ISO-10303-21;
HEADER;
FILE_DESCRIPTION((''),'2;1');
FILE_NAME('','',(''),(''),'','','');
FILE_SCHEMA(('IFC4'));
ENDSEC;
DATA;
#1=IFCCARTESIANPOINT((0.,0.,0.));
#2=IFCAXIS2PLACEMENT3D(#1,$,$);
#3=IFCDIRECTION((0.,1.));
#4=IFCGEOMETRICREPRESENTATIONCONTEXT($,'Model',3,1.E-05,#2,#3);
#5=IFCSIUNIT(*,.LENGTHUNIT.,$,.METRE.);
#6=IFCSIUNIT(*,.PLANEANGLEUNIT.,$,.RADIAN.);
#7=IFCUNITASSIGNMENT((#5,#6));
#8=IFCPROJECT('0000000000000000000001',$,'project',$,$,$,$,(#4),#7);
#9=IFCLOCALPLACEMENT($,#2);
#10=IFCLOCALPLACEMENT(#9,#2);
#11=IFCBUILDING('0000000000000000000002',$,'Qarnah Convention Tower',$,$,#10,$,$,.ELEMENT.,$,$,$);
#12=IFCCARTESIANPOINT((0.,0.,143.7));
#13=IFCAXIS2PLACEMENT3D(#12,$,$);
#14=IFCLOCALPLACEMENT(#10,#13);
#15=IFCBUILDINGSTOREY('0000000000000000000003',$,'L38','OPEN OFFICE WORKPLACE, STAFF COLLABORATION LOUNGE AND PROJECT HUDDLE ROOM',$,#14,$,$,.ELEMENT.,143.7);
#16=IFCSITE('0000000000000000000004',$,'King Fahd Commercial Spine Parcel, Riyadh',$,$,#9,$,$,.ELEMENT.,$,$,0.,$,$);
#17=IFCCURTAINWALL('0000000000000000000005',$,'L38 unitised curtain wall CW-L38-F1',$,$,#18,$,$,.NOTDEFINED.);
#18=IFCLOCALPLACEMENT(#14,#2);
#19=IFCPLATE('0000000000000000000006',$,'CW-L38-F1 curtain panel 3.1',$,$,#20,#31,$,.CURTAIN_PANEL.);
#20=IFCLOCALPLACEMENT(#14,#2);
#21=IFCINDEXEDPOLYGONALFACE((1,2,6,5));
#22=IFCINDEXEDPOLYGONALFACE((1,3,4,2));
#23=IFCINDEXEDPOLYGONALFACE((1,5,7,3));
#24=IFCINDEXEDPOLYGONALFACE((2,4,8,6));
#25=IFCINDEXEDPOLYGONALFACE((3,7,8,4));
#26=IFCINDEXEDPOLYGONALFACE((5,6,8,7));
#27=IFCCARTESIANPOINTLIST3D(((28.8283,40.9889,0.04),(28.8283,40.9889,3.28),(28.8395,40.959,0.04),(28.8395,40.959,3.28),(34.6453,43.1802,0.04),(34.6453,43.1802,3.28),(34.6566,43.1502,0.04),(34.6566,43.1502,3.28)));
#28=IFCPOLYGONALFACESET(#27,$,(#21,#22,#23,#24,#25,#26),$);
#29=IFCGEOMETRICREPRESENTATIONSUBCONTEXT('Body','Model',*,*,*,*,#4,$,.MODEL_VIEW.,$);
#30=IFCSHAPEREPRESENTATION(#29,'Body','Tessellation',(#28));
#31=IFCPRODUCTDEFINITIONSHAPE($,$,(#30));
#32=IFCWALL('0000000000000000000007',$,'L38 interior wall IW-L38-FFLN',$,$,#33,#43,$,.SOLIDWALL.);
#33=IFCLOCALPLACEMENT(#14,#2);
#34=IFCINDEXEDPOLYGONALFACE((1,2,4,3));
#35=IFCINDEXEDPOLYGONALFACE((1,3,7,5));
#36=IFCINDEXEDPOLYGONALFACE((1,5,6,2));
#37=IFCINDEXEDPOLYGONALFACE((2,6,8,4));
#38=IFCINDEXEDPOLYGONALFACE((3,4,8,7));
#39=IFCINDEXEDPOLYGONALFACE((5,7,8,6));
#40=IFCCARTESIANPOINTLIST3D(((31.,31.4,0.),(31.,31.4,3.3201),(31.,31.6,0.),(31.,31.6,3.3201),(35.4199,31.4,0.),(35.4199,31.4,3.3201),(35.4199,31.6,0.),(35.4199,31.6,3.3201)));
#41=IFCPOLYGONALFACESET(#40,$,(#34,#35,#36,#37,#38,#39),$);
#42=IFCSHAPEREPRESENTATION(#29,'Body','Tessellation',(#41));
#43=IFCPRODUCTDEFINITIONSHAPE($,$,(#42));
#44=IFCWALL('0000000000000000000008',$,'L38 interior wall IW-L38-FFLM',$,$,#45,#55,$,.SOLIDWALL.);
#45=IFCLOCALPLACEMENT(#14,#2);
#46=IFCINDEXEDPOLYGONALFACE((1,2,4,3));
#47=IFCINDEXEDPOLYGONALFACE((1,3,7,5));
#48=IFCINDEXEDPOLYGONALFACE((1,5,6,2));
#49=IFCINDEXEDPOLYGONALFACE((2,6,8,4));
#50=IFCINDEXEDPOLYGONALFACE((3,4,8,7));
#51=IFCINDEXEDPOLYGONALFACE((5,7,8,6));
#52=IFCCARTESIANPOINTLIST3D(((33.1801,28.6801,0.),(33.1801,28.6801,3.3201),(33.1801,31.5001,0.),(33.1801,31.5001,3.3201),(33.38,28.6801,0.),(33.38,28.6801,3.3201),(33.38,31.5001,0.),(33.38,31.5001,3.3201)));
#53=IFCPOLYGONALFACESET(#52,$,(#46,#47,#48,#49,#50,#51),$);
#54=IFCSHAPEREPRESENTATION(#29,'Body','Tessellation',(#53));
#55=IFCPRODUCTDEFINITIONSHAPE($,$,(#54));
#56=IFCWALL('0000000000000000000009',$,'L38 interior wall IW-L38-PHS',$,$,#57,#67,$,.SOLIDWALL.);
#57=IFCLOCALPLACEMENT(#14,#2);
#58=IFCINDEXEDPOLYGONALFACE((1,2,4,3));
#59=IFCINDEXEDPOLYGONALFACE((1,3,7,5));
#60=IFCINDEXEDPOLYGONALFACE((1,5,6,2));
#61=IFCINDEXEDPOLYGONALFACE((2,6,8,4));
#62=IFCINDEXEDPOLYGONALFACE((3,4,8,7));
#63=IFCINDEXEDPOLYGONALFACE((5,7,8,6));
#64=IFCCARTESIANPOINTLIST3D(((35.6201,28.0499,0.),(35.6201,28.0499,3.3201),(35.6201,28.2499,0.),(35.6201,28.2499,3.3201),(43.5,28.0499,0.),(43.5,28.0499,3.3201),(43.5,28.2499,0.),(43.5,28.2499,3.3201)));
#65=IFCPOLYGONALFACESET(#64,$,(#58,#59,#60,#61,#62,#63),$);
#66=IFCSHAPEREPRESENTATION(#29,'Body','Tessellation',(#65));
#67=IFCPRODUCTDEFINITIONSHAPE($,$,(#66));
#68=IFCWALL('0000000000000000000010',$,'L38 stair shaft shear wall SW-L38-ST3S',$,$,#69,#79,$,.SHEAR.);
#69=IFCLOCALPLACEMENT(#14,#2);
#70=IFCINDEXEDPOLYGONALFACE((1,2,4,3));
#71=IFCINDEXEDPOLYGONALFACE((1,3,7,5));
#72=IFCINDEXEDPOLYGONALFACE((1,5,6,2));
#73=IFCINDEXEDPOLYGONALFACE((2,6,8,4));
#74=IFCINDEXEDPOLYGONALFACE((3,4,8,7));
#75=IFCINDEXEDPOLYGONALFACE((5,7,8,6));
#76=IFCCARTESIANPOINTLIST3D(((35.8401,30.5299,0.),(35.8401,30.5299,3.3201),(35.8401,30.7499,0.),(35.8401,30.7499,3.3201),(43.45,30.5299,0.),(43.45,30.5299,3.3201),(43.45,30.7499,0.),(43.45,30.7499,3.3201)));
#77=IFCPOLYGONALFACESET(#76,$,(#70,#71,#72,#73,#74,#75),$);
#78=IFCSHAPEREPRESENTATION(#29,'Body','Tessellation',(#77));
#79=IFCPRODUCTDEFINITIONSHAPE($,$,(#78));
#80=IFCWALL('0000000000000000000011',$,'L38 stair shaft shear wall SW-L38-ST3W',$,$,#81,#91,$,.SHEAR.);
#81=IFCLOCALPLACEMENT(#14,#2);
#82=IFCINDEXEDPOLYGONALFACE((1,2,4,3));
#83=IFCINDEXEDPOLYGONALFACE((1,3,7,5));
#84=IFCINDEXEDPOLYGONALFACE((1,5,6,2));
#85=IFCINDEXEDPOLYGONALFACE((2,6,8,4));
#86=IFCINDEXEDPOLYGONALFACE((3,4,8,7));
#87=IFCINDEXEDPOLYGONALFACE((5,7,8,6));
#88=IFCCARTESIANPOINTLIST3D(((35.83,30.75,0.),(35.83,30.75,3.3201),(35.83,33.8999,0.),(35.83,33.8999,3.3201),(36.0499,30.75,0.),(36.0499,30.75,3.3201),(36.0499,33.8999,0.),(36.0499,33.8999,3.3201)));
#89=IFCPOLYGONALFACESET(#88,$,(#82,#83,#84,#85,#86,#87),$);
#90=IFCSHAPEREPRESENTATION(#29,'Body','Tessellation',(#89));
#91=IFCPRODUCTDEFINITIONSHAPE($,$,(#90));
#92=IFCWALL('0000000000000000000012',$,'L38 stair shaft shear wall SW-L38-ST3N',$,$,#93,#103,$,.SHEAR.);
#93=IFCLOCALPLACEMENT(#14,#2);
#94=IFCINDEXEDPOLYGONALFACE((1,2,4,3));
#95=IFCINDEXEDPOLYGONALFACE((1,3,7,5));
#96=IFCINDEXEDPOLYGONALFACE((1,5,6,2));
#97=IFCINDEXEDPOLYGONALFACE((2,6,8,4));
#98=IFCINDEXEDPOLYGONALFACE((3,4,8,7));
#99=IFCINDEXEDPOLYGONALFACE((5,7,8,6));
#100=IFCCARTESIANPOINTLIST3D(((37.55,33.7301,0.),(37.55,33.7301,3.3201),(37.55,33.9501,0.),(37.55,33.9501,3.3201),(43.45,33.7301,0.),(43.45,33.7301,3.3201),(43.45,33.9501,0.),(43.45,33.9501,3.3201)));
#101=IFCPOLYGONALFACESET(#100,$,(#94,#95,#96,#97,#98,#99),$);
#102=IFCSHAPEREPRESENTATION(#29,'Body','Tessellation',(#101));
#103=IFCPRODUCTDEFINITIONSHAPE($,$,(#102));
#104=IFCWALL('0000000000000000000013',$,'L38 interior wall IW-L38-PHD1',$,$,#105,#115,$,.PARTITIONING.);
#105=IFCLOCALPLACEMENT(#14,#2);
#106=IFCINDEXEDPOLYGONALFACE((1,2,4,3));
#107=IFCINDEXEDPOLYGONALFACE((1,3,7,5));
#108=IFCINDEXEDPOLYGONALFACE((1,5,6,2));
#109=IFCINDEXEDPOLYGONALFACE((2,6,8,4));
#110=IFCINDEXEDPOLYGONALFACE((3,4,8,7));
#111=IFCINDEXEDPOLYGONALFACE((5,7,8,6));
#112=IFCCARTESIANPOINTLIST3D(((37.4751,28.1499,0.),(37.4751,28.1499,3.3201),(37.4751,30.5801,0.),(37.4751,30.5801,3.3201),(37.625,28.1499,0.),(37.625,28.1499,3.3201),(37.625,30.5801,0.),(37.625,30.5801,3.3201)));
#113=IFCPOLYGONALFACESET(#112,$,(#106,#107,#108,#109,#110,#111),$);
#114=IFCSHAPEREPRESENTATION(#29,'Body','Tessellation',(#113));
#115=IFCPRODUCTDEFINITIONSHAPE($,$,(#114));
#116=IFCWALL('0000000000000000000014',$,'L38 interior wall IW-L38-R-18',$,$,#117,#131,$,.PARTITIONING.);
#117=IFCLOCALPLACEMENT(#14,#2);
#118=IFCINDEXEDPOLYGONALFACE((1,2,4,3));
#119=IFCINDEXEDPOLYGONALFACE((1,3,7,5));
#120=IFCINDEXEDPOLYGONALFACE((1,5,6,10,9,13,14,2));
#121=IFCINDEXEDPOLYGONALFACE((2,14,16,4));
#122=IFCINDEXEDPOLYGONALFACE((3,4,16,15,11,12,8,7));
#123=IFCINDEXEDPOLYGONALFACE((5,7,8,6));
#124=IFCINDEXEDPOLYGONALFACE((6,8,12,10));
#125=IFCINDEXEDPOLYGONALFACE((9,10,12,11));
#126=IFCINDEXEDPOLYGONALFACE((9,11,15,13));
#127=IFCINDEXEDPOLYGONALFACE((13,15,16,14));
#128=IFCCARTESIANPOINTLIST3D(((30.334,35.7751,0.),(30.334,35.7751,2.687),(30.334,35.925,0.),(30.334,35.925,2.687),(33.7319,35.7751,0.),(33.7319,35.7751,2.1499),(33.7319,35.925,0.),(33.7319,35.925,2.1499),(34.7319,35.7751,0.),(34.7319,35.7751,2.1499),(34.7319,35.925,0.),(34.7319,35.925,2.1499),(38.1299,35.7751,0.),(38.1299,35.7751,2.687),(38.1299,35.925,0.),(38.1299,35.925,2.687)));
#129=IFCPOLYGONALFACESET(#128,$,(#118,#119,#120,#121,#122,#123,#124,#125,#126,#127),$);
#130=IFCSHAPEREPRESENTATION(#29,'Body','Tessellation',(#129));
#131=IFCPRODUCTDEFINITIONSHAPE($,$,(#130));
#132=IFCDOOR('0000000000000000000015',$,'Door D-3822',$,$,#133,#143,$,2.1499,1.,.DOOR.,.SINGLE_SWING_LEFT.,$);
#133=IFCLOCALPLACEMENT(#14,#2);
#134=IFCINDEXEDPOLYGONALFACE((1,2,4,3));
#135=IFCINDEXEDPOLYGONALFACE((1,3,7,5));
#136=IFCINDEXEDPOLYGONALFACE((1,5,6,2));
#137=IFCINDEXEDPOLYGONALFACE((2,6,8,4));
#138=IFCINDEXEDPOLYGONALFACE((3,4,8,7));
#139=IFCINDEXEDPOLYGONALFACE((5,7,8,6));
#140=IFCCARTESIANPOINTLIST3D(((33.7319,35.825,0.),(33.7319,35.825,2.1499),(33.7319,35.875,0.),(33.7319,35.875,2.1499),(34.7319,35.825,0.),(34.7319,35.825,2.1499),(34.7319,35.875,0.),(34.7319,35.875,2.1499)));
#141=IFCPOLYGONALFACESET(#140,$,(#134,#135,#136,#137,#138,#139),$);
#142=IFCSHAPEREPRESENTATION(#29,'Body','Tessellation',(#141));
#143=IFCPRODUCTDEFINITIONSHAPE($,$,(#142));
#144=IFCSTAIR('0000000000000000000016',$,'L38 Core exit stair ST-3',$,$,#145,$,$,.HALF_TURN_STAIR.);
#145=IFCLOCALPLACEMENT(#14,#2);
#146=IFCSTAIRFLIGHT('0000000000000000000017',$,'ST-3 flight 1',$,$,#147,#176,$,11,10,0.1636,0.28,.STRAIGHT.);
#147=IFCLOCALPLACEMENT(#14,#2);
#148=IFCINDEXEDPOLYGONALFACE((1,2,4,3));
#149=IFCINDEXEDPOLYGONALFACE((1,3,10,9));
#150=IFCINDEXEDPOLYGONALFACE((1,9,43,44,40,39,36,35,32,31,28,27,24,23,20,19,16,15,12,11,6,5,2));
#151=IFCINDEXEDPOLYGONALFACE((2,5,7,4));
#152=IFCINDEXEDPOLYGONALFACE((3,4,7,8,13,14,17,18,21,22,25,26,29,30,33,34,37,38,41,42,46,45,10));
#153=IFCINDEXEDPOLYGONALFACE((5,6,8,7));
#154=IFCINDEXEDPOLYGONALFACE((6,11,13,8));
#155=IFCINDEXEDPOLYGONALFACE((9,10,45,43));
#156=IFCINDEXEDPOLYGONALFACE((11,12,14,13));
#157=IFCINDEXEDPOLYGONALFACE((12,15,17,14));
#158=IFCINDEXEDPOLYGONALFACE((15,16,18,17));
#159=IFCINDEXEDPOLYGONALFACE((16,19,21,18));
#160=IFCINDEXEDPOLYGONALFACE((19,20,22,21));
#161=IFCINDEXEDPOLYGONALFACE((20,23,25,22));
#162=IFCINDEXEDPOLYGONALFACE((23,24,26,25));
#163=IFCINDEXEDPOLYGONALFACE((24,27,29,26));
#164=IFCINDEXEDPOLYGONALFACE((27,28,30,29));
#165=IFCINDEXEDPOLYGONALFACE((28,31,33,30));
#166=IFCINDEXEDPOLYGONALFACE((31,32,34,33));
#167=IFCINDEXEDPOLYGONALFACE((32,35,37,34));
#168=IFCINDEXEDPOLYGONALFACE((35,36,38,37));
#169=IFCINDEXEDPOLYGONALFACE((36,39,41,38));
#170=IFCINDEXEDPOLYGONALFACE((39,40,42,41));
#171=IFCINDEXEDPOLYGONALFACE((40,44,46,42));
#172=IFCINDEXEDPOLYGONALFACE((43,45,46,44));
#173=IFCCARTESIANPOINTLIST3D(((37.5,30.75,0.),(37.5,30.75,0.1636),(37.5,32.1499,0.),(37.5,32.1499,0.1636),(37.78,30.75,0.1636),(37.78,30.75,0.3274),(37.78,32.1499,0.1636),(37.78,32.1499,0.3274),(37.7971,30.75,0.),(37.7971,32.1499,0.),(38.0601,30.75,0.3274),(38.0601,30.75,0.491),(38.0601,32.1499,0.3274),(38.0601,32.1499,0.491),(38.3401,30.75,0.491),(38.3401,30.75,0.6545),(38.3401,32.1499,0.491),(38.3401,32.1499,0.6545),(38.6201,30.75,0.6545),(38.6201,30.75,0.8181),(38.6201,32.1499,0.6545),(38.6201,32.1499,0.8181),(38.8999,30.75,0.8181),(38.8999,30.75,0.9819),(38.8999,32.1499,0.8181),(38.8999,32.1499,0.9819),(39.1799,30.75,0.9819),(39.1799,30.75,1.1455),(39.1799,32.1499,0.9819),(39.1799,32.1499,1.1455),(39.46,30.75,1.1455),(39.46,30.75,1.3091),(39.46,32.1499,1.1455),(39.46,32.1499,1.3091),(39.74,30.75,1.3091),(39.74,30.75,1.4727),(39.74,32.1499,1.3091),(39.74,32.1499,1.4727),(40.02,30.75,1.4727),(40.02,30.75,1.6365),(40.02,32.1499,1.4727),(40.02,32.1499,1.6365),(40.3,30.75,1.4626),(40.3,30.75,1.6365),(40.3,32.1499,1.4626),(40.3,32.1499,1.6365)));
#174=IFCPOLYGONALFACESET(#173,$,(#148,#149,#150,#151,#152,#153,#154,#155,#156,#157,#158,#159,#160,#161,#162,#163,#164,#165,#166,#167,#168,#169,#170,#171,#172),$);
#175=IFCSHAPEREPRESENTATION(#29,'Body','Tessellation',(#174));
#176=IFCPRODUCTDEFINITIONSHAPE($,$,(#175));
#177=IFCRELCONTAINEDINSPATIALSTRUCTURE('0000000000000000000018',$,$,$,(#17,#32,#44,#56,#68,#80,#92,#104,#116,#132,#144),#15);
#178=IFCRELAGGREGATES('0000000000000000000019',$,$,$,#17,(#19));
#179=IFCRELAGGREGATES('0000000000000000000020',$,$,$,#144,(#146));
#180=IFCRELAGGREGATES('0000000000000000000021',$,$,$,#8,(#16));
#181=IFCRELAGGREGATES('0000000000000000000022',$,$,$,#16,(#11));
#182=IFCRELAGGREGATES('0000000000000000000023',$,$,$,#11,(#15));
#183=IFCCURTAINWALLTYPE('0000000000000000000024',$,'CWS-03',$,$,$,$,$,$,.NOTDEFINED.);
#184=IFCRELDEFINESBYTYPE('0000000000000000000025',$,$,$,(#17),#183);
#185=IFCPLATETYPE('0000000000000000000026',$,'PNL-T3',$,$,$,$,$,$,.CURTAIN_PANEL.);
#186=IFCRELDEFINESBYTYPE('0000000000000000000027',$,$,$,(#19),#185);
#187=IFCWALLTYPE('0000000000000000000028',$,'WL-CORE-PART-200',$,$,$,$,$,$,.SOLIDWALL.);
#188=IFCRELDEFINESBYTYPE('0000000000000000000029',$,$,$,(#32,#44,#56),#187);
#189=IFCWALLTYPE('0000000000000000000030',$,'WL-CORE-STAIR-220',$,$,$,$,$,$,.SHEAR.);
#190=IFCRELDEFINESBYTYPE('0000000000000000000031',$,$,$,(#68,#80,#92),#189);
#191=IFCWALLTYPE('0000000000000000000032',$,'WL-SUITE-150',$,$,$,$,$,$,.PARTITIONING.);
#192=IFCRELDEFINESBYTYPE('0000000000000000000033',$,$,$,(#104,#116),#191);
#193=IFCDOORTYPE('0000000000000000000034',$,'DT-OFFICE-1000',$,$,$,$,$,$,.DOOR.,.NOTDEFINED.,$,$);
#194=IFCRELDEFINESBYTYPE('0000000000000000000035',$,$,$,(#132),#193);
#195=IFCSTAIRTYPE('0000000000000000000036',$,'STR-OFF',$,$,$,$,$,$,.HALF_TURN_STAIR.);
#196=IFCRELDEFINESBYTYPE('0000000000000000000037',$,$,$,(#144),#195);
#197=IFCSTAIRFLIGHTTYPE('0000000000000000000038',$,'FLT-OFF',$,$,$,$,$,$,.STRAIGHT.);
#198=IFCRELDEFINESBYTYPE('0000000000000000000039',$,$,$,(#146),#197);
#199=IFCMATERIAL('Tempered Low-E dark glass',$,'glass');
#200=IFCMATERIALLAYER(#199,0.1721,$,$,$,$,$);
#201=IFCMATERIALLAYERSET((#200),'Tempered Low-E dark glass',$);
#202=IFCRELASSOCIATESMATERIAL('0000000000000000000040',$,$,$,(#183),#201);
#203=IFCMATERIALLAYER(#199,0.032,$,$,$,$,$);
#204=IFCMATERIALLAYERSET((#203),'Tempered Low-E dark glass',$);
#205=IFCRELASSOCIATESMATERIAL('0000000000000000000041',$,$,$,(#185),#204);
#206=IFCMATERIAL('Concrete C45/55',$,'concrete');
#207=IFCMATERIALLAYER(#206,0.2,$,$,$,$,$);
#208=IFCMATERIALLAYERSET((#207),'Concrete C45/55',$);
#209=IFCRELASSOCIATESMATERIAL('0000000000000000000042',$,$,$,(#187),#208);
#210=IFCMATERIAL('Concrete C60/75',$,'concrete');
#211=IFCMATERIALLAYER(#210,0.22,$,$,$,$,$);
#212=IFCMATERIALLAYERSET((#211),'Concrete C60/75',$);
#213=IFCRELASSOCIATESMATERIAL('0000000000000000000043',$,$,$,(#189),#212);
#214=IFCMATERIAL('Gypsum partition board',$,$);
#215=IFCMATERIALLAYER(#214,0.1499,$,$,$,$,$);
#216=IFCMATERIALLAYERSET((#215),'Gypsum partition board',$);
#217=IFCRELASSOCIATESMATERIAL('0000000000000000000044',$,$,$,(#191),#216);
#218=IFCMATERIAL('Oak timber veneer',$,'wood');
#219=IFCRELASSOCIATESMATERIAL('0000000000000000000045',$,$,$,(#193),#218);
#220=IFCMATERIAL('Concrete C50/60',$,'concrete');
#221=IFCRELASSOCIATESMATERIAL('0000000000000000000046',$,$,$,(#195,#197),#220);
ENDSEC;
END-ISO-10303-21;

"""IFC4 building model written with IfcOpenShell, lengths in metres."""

from ifc_helpers import new_model, si_unit, direction, frame, frame_2d, origin, origin_2d, place, context, subcontext, project, spatial, polyline, rectangle, outline, extrude, material, layer, layer_set, type_object, element, fill, aggregate, save


model = new_model("IFC4")

# Units and contexts
model_context = context("Model", 3, precision=1e-05, world=origin(), true_north=direction((0.0, 1.0)))
body_context = subcontext(model_context, "Body", "Model", "MODEL_VIEW")
ifc_project = project(units=[si_unit("LENGTHUNIT", "METRE"), si_unit("PLANEANGLEUNIT", "RADIAN")], contexts=[model_context])

# Site, building, storey
site_placement = place(None, origin())
site = spatial("IfcSite", under=ifc_project, at=site_placement, Name="King Fahd Commercial Spine Parcel, Riyadh", CompositionType="ELEMENT", RefElevation=0.0)
building_placement = place(site_placement, origin())
building = spatial("IfcBuilding", under=site, at=building_placement, Name="Qarnah Convention Tower", CompositionType="ELEMENT")
storey_placement = place(building_placement, frame((0.0, 0.0, 143.7)))
storey = spatial("IfcBuildingStorey", under=building, at=storey_placement, Name="L38", Description="OPEN OFFICE WORKPLACE, STAFF COLLABORATION LOUNGE AND PROJECT HUDDLE ROOM", CompositionType="ELEMENT", Elevation=143.7)

# Shared definitions
ifc_material_1 = material(Name="Concrete C60/75", Category="concrete")

# Curtain wall, plate
ifc_material_2 = material(Name="Tempered Low-E dark glass", Category="glass")
ifc_layer_1 = layer(ifc_material_2, 0.1721)
ifc_layer_set_1 = layer_set([ifc_layer_1], Name="Tempered Low-E dark glass")
curtain_wall_type = type_object("IfcCurtainWallType", Name="CWS-03", PredefinedType="NOTDEFINED", material=ifc_layer_set_1)
curtain_wall_placement = place(storey_placement, origin())
curtain_wall = element("IfcCurtainWall", 1, at=curtain_wall_placement, inside=storey, type_object=curtain_wall_type, Name="L38 unitised curtain wall CW-L38-F1", PredefinedType="NOTDEFINED")
ifc_layer_2 = layer(ifc_material_2, 0.032)
ifc_layer_set_2 = layer_set([ifc_layer_2], Name="Tempered Low-E dark glass")
plate_type = type_object("IfcPlateType", Name="PNL-T3", PredefinedType="CURTAIN_PANEL", material=ifc_layer_set_2)
plate_placement = place(storey_placement, frame((31.7424, 42.0696, 0.04), z_axis=(0.0, 0.0, 1.0), x_axis=(0.935807, 0.352512, 0.0)))
plate = element("IfcPlate", 2, at=plate_placement, type_object=plate_type, Name="CW-L38-F1 curtain panel 3.1", PredefinedType="CURTAIN_PANEL", context=body_context, shape_type="SweptSolid", body=[
    extrude(rectangle(XDim=6.2161, YDim=0.032, at=origin_2d()), origin(), (0.0, 0.0, 1.0), 3.24),
])
aggregate(curtain_wall, [plate])

# Shared definitions
ifc_material_3 = material(Name="Concrete C45/55", Category="concrete")
ifc_layer_3 = layer(ifc_material_3, 0.2)
ifc_layer_set_3 = layer_set([ifc_layer_3], Name="Concrete C45/55")
wall_type_1 = type_object("IfcWallType", Name="WL-CORE-PART-200", PredefinedType="SOLIDWALL", material=ifc_layer_set_3)

# Walls
wall_1_placement = place(storey_placement, frame((31.0, 31.5, 0.0), z_axis=(0.0, 0.0, 1.0), x_axis=(1.0, 0.0, 0.0)))
element("IfcWall", 3, at=wall_1_placement, inside=storey, type_object=wall_type_1, Name="L38 interior wall IW-L38-FFLN", PredefinedType="SOLIDWALL", context=body_context, shape_type="SweptSolid", body=[
    extrude(rectangle(XDim=4.4199, YDim=0.2, at=frame_2d((2.21, 0.0))), origin(), (0.0, 0.0, 1.0), 3.3201),
])
wall_2_placement = place(storey_placement, frame((33.28, 28.6799, 0.0), z_axis=(0.0, 0.0, 1.0), x_axis=(0.0, 1.0, 0.0)))
element("IfcWall", 4, at=wall_2_placement, inside=storey, type_object=wall_type_1, Name="L38 interior wall IW-L38-FFLM", PredefinedType="SOLIDWALL", context=body_context, shape_type="SweptSolid", body=[
    extrude(rectangle(XDim=2.8201, YDim=0.2, at=frame_2d((1.4102, 0.0))), origin(), (0.0, 0.0, 1.0), 3.3201),
])
wall_3_placement = place(storey_placement, frame((35.6201, 28.1499, 0.0), z_axis=(0.0, 0.0, 1.0), x_axis=(1.0, 0.0, 0.0)))
element("IfcWall", 5, at=wall_3_placement, inside=storey, type_object=wall_type_1, Name="L38 interior wall IW-L38-PHS", PredefinedType="SOLIDWALL", context=body_context, shape_type="SweptSolid", body=[
    extrude(rectangle(XDim=7.8799, YDim=0.2, at=frame_2d((3.9399, 0.0))), origin(), (0.0, 0.0, 1.0), 3.3201),
])

# Walls
ifc_layer_4 = layer(ifc_material_1, 0.22)
ifc_layer_set_4 = layer_set([ifc_layer_4], Name="Concrete C60/75")
wall_type_2 = type_object("IfcWallType", Name="WL-CORE-STAIR-220", PredefinedType="SHEAR", material=ifc_layer_set_4)
wall_4_placement = place(storey_placement, frame((35.8401, 30.6399, 0.0), z_axis=(0.0, 0.0, 1.0), x_axis=(1.0, 0.0, 0.0)))
element("IfcWall", 6, at=wall_4_placement, inside=storey, type_object=wall_type_2, Name="L38 stair shaft shear wall SW-L38-ST3S", PredefinedType="SHEAR", context=body_context, shape_type="SweptSolid", body=[
    extrude(rectangle(XDim=7.6099, YDim=0.22, at=frame_2d((3.8049, 0.0))), origin(), (0.0, 0.0, 1.0), 3.3201),
])
wall_5_placement = place(storey_placement, frame((35.9399, 30.75, 0.0), z_axis=(0.0, 0.0, 1.0), x_axis=(0.0, 1.0, 0.0)))
element("IfcWall", 7, at=wall_5_placement, inside=storey, type_object=wall_type_2, Name="L38 stair shaft shear wall SW-L38-ST3W", PredefinedType="SHEAR", context=body_context, shape_type="SweptSolid", body=[
    extrude(rectangle(XDim=3.1499, YDim=0.22, at=frame_2d((1.575, 0.0))), origin(), (0.0, 0.0, 1.0), 3.3201),
])
wall_6_placement = place(storey_placement, frame((37.55, 33.8401, 0.0), z_axis=(0.0, 0.0, 1.0), x_axis=(1.0, 0.0, 0.0)))
element("IfcWall", 8, at=wall_6_placement, inside=storey, type_object=wall_type_2, Name="L38 stair shaft shear wall SW-L38-ST3N", PredefinedType="SHEAR", context=body_context, shape_type="SweptSolid", body=[
    extrude(rectangle(XDim=5.8999, YDim=0.22, at=frame_2d((2.95, 0.0))), origin(), (0.0, 0.0, 1.0), 3.3201),
])
ifc_material_4 = material(Name="Gypsum partition board")
ifc_layer_5 = layer(ifc_material_4, 0.1499)
ifc_layer_set_5 = layer_set([ifc_layer_5], Name="Gypsum partition board")
wall_type_3 = type_object("IfcWallType", Name="WL-SUITE-150", PredefinedType="PARTITIONING", material=ifc_layer_set_5)
wall_7_placement = place(storey_placement, frame((37.55, 28.1499, 0.0), z_axis=(0.0, 0.0, 1.0), x_axis=(0.0, 1.0, 0.0)))
element("IfcWall", 9, at=wall_7_placement, inside=storey, type_object=wall_type_3, Name="L38 interior wall IW-L38-PHD1", PredefinedType="PARTITIONING", context=body_context, shape_type="SweptSolid", body=[
    extrude(rectangle(XDim=2.4302, YDim=0.1499, at=frame_2d((1.2151, 0.0))), origin(), (0.0, 0.0, 1.0), 3.3201),
])

# Wall, opening, door
wall_8_placement = place(storey_placement, frame((30.334, 35.8501, 0.0), z_axis=(0.0, 0.0, 1.0), x_axis=(1.0, 0.0, 0.0)))
wall_8 = element("IfcWall", 10, at=wall_8_placement, inside=storey, type_object=wall_type_3, Name="L38 interior wall IW-L38-R-18", PredefinedType="PARTITIONING", context=body_context, shape_type="SweptSolid", body=[
    extrude(rectangle(XDim=7.7959, YDim=0.1499, at=frame_2d((3.8979, 0.0))), origin(), (0.0, 0.0, 1.0), 2.687),
])
opening_1_placement = place(wall_8_placement, frame((3.3979, 0.0, 0.0)))
opening_1 = element("IfcOpeningElement", 11, at=opening_1_placement, cuts=wall_8, PredefinedType="OPENING", context=body_context, shape_type="SweptSolid", body=[
    extrude(rectangle(XDim=1.0, YDim=2.1499, at=frame_2d((0.5, 1.075))), frame((0.0, 0.085, 0.0), z_axis=(0.0, -1.0, 0.0), x_axis=(1.0, 0.0, 0.0)), (0.0, 0.0, 1.0), 0.1699),
])
ifc_material_5 = material(Name="Oak timber veneer", Category="wood")
door_type_1 = type_object("IfcDoorType", Name="DT-OFFICE-1000", OperationType="NOTDEFINED", PredefinedType="DOOR", material=ifc_material_5)
door_1_placement = place(opening_1_placement, origin())
door_1 = element("IfcDoor", 12, at=door_1_placement, inside=storey, type_object=door_type_1, Name="Door D-3822", OperationType="SINGLE_SWING_LEFT", OverallHeight=2.1499, OverallWidth=1.0, PredefinedType="DOOR", context=body_context, shape_type="SweptSolid", body=[
    extrude(rectangle(XDim=1.0, YDim=2.1499, at=frame_2d((0.5, 1.075))), frame((0.0, 0.0249, 0.0), z_axis=(0.0, -1.0, 0.0), x_axis=(1.0, 0.0, 0.0)), (0.0, 0.0, 1.0), 0.05),
])
fill(opening_1, door_1)

# Stair, stair flight
ifc_material_6 = material(Name="Concrete C50/60", Category="concrete")
stair_type = type_object("IfcStairType", Name="STR-OFF", PredefinedType="HALF_TURN_STAIR", material=ifc_material_6)
stair_placement = place(storey_placement, origin())
stair = element("IfcStair", 13, at=stair_placement, inside=storey, type_object=stair_type, Name="L38 Core exit stair ST-3", PredefinedType="HALF_TURN_STAIR")
stair_flight_type = type_object("IfcStairFlightType", Name="FLT-OFF", PredefinedType="STRAIGHT", material=ifc_material_6)
stair_flight_placement = place(storey_placement, frame((37.5, 31.45, 0.0), z_axis=(0.0, 0.0, 1.0), x_axis=(1.0, 0.0, 0.0)))
stair_flight = element("IfcStairFlight", 14, at=stair_flight_placement, type_object=stair_flight_type, Name="ST-3 flight 1", NumberOfRisers=11, NumberOfTreads=10, PredefinedType="STRAIGHT", RiserHeight=0.1636, TreadLength=0.28, context=body_context, shape_type="SweptSolid", body=[
    extrude(outline(polyline([(0.0, 0.0), (0.0, 0.1636), (0.28, 0.1636), (0.28, 0.3274), (0.5601, 0.3274), (0.5601, 0.491), (0.8401, 0.491), (0.8401, 0.6545), (1.1201, 0.6545), (1.1201, 0.8181), (1.3999, 0.8181), (1.3999, 0.9819), (1.6799, 0.9819), (1.6799, 1.1455), (1.96, 1.1455), (1.96, 1.3091), (2.24, 1.3091), (2.24, 1.4727), (2.52, 1.4727), (2.52, 1.6365), (2.8, 1.6365), (2.8, 1.8), (2.8, 1.4626), (0.2971, 0.0), (0.0, 0.0)])), frame((0.0, 0.7, 0.0), z_axis=(0.0, -1.0, 0.0), x_axis=(1.0, 0.0, 0.0)), (0.0, 0.0, 1.0), 1.3999),
])
aggregate(stair, [stair_flight])

save(model, "model.ifc")
